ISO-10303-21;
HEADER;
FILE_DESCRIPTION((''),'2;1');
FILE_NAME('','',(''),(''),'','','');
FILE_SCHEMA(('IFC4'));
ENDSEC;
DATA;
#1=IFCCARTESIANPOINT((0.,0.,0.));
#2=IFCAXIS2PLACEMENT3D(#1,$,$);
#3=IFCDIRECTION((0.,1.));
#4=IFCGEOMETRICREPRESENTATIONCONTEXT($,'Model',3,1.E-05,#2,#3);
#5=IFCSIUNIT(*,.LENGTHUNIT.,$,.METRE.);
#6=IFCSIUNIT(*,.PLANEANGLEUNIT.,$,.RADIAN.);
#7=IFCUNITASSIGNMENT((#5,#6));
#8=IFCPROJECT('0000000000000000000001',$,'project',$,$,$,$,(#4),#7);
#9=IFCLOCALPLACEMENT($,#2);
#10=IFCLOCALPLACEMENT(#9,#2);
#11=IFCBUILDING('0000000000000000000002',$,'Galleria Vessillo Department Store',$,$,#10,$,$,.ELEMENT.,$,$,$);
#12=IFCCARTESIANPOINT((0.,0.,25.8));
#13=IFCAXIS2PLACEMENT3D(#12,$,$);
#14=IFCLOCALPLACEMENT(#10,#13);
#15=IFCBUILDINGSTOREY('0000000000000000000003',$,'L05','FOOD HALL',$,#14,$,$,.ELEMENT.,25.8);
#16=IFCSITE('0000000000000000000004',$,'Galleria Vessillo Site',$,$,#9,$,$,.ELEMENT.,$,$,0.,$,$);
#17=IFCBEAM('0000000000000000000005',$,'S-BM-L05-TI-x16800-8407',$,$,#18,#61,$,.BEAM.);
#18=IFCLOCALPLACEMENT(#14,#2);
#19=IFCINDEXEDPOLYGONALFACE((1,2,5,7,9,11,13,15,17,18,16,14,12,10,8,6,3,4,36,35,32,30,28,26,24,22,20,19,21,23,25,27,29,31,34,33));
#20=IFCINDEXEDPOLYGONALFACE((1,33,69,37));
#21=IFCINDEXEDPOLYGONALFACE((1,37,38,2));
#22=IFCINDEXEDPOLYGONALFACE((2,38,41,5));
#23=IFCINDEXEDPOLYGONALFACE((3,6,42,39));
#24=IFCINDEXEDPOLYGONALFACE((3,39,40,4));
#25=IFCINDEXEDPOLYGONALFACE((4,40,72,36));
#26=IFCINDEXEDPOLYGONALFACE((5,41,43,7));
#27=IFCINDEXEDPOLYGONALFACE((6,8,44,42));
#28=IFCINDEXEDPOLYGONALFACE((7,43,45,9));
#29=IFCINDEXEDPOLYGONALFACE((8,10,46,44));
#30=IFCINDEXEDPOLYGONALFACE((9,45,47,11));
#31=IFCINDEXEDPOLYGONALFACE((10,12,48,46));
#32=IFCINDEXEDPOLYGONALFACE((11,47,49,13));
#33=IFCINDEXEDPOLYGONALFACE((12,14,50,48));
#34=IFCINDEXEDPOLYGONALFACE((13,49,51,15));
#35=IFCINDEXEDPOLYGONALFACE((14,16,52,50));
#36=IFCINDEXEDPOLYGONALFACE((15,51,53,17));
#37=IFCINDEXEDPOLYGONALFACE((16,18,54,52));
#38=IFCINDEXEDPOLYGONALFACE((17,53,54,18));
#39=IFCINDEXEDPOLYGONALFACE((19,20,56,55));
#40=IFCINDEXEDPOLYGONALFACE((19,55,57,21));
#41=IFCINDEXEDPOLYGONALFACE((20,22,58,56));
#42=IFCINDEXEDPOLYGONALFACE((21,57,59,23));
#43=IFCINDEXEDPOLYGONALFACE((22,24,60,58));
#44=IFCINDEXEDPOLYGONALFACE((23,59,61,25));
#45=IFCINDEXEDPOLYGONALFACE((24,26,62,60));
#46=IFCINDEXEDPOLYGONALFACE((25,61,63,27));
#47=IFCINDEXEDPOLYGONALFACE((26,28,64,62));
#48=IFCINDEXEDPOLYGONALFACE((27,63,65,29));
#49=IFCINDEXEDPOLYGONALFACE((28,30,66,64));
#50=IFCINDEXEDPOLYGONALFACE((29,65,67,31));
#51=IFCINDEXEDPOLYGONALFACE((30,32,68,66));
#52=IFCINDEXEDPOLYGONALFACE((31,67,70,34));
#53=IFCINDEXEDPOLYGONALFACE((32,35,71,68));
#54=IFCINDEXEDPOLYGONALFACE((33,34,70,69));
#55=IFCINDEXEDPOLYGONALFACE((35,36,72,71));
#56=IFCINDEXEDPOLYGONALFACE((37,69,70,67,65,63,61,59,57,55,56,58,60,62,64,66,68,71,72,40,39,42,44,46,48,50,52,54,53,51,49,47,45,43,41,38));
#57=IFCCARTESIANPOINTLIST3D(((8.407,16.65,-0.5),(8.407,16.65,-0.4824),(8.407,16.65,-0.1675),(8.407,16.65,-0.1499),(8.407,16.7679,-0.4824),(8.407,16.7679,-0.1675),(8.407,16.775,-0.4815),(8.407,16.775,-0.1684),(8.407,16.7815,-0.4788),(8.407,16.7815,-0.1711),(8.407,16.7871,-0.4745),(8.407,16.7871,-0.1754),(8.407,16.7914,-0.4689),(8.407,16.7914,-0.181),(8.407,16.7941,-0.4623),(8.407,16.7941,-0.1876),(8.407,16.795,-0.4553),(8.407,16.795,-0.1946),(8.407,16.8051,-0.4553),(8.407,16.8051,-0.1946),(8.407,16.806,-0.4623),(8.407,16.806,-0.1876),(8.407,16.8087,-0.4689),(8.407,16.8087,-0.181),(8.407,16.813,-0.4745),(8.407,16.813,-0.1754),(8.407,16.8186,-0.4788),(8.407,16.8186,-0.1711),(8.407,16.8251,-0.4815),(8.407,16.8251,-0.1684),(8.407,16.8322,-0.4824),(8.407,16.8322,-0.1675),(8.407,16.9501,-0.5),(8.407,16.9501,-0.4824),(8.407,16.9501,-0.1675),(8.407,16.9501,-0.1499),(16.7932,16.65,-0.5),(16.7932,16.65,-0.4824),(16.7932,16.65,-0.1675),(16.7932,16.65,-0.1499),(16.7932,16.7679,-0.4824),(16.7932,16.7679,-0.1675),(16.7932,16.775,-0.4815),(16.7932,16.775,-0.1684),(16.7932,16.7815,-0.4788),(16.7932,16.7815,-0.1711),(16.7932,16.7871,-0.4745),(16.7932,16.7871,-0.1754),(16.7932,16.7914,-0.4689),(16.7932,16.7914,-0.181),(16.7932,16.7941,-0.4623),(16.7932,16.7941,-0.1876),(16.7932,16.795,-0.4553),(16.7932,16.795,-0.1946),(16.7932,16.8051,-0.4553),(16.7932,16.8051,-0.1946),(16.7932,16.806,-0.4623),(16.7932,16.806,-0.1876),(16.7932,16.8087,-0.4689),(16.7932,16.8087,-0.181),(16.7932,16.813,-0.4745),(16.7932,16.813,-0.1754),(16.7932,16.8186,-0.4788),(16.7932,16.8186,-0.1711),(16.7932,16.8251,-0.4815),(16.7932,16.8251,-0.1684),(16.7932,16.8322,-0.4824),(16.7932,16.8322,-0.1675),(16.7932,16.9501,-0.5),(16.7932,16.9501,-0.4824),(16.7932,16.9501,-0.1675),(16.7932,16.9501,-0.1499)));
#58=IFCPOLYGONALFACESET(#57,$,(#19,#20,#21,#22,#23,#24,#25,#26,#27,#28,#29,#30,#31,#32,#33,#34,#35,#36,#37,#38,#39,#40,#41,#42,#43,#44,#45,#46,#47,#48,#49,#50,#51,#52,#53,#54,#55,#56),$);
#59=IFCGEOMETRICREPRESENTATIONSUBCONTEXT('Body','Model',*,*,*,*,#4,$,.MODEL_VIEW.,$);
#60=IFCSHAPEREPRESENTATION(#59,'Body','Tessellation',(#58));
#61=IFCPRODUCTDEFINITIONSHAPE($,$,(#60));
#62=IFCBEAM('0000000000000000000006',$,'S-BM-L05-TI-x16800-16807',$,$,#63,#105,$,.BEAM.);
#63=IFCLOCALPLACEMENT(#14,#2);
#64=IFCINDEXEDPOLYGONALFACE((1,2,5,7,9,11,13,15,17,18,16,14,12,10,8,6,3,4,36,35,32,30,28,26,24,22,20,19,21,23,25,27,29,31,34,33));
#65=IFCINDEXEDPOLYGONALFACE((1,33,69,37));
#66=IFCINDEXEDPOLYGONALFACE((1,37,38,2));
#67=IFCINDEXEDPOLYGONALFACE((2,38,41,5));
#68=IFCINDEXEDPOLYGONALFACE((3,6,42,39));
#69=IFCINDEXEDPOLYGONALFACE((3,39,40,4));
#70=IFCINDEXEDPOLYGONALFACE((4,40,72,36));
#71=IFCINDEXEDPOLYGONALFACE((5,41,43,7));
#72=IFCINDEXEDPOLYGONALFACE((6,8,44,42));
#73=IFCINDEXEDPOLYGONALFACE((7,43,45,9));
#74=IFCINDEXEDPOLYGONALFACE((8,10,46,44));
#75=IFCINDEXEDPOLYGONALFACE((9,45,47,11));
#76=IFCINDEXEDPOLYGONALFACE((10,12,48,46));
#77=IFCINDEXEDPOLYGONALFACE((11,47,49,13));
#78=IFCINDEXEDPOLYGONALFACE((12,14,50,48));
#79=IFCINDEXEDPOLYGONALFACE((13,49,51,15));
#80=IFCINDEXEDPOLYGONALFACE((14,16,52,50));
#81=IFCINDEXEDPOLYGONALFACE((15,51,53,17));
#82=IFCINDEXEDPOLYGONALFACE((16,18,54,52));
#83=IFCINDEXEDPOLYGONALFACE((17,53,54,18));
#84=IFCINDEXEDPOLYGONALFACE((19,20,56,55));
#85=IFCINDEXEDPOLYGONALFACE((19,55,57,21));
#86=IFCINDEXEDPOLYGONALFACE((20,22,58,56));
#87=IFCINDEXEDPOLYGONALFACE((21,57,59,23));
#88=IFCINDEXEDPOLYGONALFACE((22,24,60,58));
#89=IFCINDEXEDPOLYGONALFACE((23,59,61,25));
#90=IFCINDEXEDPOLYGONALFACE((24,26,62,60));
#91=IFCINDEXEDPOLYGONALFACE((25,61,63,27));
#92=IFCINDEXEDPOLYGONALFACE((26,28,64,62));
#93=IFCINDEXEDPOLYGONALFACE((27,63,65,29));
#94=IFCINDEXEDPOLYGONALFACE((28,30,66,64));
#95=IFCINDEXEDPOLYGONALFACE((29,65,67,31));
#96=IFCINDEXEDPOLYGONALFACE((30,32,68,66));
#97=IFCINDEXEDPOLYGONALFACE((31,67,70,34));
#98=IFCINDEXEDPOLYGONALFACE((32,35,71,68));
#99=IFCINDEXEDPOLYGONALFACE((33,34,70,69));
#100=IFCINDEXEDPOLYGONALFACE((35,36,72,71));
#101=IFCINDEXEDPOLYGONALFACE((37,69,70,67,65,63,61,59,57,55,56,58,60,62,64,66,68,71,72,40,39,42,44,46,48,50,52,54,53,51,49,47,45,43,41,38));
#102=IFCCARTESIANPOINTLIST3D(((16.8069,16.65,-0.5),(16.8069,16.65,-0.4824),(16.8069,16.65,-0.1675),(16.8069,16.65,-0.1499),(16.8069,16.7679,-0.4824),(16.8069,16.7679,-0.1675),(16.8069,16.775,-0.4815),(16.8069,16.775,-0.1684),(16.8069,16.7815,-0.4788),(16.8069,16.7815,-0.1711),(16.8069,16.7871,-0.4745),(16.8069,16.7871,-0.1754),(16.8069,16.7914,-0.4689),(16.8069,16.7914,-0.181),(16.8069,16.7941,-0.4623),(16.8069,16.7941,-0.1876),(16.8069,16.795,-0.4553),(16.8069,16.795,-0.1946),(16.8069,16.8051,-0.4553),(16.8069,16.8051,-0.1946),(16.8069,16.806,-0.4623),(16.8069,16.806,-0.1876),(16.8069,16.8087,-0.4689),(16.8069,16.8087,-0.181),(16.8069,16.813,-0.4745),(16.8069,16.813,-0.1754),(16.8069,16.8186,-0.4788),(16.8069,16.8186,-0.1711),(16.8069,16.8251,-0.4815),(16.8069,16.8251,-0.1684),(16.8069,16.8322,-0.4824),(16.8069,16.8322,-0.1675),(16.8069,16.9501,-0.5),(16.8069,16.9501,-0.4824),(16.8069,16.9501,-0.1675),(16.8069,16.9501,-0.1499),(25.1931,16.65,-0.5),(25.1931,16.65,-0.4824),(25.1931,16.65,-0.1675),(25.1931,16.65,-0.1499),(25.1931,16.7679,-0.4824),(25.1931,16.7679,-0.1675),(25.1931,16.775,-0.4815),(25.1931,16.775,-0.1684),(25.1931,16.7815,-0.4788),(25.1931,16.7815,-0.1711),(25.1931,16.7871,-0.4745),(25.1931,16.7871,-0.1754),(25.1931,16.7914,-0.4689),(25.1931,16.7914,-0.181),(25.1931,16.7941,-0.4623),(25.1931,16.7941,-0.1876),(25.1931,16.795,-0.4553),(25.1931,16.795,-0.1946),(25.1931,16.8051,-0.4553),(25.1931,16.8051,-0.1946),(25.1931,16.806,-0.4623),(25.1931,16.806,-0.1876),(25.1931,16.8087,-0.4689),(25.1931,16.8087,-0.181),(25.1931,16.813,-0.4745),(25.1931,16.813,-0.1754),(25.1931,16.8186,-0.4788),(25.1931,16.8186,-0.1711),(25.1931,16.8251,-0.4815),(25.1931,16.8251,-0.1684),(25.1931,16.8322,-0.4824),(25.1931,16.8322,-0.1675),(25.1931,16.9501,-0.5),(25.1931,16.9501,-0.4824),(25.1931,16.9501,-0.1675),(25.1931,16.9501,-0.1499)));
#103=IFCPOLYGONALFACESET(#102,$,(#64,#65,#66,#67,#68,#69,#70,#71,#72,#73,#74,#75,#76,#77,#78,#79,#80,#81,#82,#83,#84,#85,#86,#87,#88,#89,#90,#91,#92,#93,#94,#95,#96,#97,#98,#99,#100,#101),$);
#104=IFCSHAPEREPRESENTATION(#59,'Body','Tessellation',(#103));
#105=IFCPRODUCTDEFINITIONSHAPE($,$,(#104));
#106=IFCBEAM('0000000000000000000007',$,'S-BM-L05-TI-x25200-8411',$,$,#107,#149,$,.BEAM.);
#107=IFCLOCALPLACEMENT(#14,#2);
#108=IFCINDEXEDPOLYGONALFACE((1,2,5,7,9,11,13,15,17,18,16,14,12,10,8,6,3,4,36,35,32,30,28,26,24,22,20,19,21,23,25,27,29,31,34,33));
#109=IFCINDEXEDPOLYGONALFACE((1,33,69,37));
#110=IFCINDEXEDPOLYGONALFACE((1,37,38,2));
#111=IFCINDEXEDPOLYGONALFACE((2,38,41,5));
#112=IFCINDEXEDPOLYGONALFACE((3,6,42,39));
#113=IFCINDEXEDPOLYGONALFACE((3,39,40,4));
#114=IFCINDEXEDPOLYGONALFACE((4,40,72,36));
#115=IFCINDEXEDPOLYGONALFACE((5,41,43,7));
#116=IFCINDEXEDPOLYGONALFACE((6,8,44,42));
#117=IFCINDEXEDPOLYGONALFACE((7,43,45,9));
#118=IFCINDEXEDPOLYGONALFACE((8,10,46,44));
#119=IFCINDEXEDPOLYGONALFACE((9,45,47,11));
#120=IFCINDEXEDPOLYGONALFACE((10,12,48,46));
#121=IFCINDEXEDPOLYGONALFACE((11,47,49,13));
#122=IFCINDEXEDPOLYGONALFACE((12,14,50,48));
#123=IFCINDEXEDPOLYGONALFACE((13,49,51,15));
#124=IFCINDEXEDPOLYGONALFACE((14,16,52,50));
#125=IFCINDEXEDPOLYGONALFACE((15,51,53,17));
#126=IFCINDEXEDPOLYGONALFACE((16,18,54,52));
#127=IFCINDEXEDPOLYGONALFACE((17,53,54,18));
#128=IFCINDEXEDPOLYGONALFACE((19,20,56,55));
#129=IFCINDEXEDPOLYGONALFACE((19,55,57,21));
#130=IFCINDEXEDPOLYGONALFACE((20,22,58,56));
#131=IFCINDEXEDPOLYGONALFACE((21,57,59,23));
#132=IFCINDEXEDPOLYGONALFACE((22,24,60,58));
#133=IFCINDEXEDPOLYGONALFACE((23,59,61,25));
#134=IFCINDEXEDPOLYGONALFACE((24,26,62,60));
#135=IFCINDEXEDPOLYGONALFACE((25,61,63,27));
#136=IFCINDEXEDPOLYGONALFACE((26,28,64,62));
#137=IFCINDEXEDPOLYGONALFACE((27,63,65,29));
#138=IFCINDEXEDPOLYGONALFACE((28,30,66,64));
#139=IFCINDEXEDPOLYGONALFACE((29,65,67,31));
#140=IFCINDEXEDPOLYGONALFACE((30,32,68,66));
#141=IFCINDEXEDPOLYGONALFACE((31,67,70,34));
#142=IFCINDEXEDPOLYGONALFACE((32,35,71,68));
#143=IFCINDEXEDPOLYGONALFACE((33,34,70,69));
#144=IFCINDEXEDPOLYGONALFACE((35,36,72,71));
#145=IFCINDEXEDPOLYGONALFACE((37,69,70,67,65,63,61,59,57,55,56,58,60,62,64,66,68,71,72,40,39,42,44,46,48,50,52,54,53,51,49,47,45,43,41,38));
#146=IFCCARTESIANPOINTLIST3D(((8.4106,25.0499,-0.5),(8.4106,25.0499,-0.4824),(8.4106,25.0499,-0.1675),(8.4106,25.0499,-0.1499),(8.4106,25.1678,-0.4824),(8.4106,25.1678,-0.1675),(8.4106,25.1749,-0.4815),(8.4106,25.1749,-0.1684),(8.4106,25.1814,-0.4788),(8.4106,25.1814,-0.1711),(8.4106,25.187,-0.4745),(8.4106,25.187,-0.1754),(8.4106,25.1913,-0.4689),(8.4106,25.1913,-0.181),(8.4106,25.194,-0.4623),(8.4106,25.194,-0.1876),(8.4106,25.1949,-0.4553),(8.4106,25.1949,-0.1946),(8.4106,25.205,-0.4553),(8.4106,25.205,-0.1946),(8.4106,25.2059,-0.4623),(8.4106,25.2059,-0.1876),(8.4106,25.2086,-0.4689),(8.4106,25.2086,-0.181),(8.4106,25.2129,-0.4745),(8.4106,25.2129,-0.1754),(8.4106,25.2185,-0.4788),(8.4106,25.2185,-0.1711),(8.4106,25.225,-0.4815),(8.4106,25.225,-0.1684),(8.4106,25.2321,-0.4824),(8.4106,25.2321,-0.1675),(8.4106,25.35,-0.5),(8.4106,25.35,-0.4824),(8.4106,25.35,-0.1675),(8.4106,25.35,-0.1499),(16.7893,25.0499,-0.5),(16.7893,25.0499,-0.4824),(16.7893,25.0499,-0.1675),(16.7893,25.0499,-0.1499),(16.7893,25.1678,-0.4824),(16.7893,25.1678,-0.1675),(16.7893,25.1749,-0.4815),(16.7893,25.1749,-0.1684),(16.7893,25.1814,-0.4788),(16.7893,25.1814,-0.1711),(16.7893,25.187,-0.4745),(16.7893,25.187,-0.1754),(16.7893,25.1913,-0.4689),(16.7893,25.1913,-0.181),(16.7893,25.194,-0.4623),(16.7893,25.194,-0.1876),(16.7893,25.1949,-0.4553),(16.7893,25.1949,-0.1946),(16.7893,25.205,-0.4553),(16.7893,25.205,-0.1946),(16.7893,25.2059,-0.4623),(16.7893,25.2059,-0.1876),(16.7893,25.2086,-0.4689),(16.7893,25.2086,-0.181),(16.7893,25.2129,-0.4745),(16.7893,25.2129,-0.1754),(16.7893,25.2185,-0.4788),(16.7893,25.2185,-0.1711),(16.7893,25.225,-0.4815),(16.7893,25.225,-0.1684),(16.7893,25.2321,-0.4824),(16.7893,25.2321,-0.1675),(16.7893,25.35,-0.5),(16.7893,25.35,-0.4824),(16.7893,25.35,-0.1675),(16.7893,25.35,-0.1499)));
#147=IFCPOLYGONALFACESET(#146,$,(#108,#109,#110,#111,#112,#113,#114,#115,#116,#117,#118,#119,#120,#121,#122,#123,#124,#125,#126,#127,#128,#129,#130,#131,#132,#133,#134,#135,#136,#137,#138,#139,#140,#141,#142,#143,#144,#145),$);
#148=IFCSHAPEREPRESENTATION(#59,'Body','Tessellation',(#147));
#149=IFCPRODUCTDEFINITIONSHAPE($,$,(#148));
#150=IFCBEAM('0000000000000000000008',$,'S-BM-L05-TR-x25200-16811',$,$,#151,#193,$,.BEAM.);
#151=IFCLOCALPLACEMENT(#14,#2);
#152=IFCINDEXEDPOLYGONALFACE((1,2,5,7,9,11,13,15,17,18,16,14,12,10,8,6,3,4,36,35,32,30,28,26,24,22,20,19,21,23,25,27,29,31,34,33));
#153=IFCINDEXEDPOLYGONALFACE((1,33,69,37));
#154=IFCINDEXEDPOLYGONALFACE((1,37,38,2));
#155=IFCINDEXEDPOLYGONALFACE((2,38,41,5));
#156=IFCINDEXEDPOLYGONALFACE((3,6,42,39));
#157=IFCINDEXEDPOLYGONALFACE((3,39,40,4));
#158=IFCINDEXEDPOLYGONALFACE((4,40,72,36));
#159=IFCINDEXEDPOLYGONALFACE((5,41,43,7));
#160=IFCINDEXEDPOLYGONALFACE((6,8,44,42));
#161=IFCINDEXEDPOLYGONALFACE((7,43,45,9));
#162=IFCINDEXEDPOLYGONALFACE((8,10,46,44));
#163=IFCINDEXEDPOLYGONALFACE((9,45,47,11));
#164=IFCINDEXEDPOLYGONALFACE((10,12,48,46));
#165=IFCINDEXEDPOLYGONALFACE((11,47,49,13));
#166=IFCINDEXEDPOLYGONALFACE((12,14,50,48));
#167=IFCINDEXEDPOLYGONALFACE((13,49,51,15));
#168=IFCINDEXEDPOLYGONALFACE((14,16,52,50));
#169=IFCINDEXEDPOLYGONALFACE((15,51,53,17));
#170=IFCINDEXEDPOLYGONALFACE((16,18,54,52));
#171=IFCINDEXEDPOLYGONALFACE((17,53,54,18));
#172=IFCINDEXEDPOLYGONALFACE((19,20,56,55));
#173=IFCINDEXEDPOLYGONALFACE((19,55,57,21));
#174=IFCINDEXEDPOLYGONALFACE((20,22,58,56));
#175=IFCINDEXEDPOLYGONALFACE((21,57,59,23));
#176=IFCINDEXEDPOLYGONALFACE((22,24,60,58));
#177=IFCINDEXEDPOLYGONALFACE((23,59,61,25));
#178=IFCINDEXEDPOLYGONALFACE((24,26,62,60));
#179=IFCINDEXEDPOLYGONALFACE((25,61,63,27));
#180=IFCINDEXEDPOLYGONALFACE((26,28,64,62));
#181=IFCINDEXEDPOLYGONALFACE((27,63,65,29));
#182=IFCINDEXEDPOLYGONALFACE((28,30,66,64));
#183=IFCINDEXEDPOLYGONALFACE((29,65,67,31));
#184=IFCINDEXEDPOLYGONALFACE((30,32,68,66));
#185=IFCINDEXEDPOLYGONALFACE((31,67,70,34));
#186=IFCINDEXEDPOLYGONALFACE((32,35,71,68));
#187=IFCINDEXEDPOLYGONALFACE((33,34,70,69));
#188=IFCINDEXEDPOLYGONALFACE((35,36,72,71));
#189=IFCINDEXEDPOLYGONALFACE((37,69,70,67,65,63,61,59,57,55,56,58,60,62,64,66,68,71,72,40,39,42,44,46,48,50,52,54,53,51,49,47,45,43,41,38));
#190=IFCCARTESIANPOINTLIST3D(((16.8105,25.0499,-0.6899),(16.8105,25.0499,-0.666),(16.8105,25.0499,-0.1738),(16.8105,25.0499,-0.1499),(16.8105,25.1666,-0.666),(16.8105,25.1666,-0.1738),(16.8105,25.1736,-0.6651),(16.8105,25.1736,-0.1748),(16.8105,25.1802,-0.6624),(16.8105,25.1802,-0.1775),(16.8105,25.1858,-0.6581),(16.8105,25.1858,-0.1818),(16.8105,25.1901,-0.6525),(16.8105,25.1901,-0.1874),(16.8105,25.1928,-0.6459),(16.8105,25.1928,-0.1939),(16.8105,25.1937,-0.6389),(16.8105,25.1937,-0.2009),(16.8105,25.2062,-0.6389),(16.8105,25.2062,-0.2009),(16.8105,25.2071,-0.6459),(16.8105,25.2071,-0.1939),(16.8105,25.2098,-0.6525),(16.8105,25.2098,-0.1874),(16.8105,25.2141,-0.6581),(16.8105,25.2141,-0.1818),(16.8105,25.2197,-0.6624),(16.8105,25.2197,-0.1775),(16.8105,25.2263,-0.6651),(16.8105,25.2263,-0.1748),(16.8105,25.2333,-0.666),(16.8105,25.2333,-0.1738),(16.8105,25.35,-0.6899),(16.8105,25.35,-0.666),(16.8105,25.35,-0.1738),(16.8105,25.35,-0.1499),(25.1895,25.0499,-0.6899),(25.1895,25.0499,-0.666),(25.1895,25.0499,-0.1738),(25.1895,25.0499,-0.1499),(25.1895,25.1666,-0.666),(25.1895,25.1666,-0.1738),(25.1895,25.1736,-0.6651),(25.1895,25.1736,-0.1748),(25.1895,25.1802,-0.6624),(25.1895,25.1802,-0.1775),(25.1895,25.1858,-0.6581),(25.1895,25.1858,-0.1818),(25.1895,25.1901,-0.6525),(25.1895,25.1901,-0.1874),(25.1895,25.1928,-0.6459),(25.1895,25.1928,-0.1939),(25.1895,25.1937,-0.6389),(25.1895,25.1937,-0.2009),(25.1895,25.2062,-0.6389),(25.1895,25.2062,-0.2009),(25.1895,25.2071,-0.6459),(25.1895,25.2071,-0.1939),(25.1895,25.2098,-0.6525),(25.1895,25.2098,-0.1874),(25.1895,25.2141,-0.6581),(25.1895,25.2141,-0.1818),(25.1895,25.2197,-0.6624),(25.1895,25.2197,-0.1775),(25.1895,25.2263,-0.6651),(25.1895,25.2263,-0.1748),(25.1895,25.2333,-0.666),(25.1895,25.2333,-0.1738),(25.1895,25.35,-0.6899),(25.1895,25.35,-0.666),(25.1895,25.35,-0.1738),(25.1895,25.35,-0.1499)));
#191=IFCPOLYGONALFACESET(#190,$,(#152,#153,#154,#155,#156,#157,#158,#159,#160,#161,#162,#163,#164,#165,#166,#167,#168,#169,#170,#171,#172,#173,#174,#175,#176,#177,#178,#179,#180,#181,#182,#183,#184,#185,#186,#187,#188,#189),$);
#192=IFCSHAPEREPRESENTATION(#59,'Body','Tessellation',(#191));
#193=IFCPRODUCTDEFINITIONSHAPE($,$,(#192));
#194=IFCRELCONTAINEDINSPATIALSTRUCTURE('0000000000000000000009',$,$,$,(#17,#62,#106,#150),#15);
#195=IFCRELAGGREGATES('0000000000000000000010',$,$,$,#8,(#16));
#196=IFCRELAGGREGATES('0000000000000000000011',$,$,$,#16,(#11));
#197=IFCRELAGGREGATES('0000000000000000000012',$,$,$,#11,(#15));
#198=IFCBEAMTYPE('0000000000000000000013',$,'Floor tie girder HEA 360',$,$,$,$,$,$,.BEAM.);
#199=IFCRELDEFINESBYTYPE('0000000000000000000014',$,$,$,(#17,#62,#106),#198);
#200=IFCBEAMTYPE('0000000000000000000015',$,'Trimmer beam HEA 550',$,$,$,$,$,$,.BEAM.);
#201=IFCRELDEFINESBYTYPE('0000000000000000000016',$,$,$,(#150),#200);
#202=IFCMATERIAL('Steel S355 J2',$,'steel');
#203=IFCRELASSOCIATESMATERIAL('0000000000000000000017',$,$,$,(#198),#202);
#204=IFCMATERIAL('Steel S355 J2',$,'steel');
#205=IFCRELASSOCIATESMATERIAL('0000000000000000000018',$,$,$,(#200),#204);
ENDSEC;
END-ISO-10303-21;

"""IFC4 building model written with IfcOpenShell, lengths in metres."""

from ifc_helpers import new_model, si_unit, direction, frame, origin, origin_2d, place, context, subcontext, project, spatial, i_section, extrude, material, material_profile, profile_set, type_object, element, save


model = new_model("IFC4")

# Units and contexts
model_context = context("Model", 3, precision=1e-05, world=origin(), true_north=direction((0.0, 1.0)))
body_context = subcontext(model_context, "Body", "Model", "MODEL_VIEW")
ifc_project = project(units=[si_unit("LENGTHUNIT", "METRE"), si_unit("PLANEANGLEUNIT", "RADIAN")], contexts=[model_context])

# Site, building, storey
site_placement = place(None, origin())
site = spatial("IfcSite", under=ifc_project, at=site_placement, Name="Galleria Vessillo Site", CompositionType="ELEMENT", RefElevation=0.0)
building_placement = place(site_placement, origin())
building = spatial("IfcBuilding", under=site, at=building_placement, Name="Galleria Vessillo Department Store", CompositionType="ELEMENT")
storey_placement = place(building_placement, frame((0.0, 0.0, 25.8)))
storey = spatial("IfcBuildingStorey", under=building, at=storey_placement, Name="L05", Description="FOOD HALL", CompositionType="ELEMENT", Elevation=25.8)

# Beams
ifc_material_1 = material(Name="Steel S355 J2", Category="steel")
ifc_material_profile_1 = material_profile(ifc_material_1, i_section(OverallWidth=0.3, OverallDepth=0.3501, WebThickness=0.01, FlangeThickness=0.0176, FilletRadius=0.0271, at=origin_2d()), Name="HEA 360")
ifc_profile_set_1 = profile_set([ifc_material_profile_1], Name="Steel S355 J2")
beam_type_1 = type_object("IfcBeamType", Name="Floor tie girder HEA 360", PredefinedType="BEAM", material=ifc_profile_set_1)
for number, where, z_axis, x_axis, name in (
    (1, (8.407, 16.8, -0.325), (1.0, 0.0, 0.0), (0.0, 1.0, 0.0), "S-BM-L05-TI-x16800-8407"),
    (2, (16.8069, 16.8, -0.325), (1.0, 0.0, 0.0), (0.0, 1.0, 0.0), "S-BM-L05-TI-x16800-16807"),
):
    element("IfcBeam", number, at=place(storey_placement, frame(where, z_axis=z_axis, x_axis=x_axis)), inside=storey, type_object=beam_type_1, Name=name, PredefinedType="BEAM", context=body_context, shape_type="SweptSolid", body=[
        extrude(i_section(OverallWidth=0.3, OverallDepth=0.3501, WebThickness=0.01, FlangeThickness=0.0176, FilletRadius=0.0271, at=origin_2d()), origin(), (0.0, 0.0, 1.0), 8.3862),
    ])
beam_1_placement = place(storey_placement, frame((8.4106, 25.2, -0.325), z_axis=(1.0, 0.0, 0.0), x_axis=(0.0, 1.0, 0.0)))
element("IfcBeam", 3, at=beam_1_placement, inside=storey, type_object=beam_type_1, Name="S-BM-L05-TI-x25200-8411", PredefinedType="BEAM", context=body_context, shape_type="SweptSolid", body=[
    extrude(i_section(OverallWidth=0.3, OverallDepth=0.3501, WebThickness=0.01, FlangeThickness=0.0176, FilletRadius=0.0271, at=origin_2d()), origin(), (0.0, 0.0, 1.0), 8.3787),
])
ifc_material_2 = material(Name="Steel S355 J2", Category="steel")
ifc_material_profile_2 = material_profile(ifc_material_2, i_section(OverallWidth=0.3, OverallDepth=0.54, WebThickness=0.0125, FlangeThickness=0.0239, FilletRadius=0.0271, at=origin_2d()), Name="HEA 550")
ifc_profile_set_2 = profile_set([ifc_material_profile_2], Name="Steel S355 J2")
beam_type_2 = type_object("IfcBeamType", Name="Trimmer beam HEA 550", PredefinedType="BEAM", material=ifc_profile_set_2)
beam_2_placement = place(storey_placement, frame((16.8105, 25.2, -0.4199), z_axis=(1.0, 0.0, 0.0), x_axis=(0.0, 1.0, 0.0)))
element("IfcBeam", 4, at=beam_2_placement, inside=storey, type_object=beam_type_2, Name="S-BM-L05-TR-x25200-16811", PredefinedType="BEAM", context=body_context, shape_type="SweptSolid", body=[
    extrude(i_section(OverallWidth=0.3, OverallDepth=0.54, WebThickness=0.0125, FlangeThickness=0.0239, FilletRadius=0.0271, at=origin_2d()), origin(), (0.0, 0.0, 1.0), 8.3789),
])

save(model, "model.ifc")
